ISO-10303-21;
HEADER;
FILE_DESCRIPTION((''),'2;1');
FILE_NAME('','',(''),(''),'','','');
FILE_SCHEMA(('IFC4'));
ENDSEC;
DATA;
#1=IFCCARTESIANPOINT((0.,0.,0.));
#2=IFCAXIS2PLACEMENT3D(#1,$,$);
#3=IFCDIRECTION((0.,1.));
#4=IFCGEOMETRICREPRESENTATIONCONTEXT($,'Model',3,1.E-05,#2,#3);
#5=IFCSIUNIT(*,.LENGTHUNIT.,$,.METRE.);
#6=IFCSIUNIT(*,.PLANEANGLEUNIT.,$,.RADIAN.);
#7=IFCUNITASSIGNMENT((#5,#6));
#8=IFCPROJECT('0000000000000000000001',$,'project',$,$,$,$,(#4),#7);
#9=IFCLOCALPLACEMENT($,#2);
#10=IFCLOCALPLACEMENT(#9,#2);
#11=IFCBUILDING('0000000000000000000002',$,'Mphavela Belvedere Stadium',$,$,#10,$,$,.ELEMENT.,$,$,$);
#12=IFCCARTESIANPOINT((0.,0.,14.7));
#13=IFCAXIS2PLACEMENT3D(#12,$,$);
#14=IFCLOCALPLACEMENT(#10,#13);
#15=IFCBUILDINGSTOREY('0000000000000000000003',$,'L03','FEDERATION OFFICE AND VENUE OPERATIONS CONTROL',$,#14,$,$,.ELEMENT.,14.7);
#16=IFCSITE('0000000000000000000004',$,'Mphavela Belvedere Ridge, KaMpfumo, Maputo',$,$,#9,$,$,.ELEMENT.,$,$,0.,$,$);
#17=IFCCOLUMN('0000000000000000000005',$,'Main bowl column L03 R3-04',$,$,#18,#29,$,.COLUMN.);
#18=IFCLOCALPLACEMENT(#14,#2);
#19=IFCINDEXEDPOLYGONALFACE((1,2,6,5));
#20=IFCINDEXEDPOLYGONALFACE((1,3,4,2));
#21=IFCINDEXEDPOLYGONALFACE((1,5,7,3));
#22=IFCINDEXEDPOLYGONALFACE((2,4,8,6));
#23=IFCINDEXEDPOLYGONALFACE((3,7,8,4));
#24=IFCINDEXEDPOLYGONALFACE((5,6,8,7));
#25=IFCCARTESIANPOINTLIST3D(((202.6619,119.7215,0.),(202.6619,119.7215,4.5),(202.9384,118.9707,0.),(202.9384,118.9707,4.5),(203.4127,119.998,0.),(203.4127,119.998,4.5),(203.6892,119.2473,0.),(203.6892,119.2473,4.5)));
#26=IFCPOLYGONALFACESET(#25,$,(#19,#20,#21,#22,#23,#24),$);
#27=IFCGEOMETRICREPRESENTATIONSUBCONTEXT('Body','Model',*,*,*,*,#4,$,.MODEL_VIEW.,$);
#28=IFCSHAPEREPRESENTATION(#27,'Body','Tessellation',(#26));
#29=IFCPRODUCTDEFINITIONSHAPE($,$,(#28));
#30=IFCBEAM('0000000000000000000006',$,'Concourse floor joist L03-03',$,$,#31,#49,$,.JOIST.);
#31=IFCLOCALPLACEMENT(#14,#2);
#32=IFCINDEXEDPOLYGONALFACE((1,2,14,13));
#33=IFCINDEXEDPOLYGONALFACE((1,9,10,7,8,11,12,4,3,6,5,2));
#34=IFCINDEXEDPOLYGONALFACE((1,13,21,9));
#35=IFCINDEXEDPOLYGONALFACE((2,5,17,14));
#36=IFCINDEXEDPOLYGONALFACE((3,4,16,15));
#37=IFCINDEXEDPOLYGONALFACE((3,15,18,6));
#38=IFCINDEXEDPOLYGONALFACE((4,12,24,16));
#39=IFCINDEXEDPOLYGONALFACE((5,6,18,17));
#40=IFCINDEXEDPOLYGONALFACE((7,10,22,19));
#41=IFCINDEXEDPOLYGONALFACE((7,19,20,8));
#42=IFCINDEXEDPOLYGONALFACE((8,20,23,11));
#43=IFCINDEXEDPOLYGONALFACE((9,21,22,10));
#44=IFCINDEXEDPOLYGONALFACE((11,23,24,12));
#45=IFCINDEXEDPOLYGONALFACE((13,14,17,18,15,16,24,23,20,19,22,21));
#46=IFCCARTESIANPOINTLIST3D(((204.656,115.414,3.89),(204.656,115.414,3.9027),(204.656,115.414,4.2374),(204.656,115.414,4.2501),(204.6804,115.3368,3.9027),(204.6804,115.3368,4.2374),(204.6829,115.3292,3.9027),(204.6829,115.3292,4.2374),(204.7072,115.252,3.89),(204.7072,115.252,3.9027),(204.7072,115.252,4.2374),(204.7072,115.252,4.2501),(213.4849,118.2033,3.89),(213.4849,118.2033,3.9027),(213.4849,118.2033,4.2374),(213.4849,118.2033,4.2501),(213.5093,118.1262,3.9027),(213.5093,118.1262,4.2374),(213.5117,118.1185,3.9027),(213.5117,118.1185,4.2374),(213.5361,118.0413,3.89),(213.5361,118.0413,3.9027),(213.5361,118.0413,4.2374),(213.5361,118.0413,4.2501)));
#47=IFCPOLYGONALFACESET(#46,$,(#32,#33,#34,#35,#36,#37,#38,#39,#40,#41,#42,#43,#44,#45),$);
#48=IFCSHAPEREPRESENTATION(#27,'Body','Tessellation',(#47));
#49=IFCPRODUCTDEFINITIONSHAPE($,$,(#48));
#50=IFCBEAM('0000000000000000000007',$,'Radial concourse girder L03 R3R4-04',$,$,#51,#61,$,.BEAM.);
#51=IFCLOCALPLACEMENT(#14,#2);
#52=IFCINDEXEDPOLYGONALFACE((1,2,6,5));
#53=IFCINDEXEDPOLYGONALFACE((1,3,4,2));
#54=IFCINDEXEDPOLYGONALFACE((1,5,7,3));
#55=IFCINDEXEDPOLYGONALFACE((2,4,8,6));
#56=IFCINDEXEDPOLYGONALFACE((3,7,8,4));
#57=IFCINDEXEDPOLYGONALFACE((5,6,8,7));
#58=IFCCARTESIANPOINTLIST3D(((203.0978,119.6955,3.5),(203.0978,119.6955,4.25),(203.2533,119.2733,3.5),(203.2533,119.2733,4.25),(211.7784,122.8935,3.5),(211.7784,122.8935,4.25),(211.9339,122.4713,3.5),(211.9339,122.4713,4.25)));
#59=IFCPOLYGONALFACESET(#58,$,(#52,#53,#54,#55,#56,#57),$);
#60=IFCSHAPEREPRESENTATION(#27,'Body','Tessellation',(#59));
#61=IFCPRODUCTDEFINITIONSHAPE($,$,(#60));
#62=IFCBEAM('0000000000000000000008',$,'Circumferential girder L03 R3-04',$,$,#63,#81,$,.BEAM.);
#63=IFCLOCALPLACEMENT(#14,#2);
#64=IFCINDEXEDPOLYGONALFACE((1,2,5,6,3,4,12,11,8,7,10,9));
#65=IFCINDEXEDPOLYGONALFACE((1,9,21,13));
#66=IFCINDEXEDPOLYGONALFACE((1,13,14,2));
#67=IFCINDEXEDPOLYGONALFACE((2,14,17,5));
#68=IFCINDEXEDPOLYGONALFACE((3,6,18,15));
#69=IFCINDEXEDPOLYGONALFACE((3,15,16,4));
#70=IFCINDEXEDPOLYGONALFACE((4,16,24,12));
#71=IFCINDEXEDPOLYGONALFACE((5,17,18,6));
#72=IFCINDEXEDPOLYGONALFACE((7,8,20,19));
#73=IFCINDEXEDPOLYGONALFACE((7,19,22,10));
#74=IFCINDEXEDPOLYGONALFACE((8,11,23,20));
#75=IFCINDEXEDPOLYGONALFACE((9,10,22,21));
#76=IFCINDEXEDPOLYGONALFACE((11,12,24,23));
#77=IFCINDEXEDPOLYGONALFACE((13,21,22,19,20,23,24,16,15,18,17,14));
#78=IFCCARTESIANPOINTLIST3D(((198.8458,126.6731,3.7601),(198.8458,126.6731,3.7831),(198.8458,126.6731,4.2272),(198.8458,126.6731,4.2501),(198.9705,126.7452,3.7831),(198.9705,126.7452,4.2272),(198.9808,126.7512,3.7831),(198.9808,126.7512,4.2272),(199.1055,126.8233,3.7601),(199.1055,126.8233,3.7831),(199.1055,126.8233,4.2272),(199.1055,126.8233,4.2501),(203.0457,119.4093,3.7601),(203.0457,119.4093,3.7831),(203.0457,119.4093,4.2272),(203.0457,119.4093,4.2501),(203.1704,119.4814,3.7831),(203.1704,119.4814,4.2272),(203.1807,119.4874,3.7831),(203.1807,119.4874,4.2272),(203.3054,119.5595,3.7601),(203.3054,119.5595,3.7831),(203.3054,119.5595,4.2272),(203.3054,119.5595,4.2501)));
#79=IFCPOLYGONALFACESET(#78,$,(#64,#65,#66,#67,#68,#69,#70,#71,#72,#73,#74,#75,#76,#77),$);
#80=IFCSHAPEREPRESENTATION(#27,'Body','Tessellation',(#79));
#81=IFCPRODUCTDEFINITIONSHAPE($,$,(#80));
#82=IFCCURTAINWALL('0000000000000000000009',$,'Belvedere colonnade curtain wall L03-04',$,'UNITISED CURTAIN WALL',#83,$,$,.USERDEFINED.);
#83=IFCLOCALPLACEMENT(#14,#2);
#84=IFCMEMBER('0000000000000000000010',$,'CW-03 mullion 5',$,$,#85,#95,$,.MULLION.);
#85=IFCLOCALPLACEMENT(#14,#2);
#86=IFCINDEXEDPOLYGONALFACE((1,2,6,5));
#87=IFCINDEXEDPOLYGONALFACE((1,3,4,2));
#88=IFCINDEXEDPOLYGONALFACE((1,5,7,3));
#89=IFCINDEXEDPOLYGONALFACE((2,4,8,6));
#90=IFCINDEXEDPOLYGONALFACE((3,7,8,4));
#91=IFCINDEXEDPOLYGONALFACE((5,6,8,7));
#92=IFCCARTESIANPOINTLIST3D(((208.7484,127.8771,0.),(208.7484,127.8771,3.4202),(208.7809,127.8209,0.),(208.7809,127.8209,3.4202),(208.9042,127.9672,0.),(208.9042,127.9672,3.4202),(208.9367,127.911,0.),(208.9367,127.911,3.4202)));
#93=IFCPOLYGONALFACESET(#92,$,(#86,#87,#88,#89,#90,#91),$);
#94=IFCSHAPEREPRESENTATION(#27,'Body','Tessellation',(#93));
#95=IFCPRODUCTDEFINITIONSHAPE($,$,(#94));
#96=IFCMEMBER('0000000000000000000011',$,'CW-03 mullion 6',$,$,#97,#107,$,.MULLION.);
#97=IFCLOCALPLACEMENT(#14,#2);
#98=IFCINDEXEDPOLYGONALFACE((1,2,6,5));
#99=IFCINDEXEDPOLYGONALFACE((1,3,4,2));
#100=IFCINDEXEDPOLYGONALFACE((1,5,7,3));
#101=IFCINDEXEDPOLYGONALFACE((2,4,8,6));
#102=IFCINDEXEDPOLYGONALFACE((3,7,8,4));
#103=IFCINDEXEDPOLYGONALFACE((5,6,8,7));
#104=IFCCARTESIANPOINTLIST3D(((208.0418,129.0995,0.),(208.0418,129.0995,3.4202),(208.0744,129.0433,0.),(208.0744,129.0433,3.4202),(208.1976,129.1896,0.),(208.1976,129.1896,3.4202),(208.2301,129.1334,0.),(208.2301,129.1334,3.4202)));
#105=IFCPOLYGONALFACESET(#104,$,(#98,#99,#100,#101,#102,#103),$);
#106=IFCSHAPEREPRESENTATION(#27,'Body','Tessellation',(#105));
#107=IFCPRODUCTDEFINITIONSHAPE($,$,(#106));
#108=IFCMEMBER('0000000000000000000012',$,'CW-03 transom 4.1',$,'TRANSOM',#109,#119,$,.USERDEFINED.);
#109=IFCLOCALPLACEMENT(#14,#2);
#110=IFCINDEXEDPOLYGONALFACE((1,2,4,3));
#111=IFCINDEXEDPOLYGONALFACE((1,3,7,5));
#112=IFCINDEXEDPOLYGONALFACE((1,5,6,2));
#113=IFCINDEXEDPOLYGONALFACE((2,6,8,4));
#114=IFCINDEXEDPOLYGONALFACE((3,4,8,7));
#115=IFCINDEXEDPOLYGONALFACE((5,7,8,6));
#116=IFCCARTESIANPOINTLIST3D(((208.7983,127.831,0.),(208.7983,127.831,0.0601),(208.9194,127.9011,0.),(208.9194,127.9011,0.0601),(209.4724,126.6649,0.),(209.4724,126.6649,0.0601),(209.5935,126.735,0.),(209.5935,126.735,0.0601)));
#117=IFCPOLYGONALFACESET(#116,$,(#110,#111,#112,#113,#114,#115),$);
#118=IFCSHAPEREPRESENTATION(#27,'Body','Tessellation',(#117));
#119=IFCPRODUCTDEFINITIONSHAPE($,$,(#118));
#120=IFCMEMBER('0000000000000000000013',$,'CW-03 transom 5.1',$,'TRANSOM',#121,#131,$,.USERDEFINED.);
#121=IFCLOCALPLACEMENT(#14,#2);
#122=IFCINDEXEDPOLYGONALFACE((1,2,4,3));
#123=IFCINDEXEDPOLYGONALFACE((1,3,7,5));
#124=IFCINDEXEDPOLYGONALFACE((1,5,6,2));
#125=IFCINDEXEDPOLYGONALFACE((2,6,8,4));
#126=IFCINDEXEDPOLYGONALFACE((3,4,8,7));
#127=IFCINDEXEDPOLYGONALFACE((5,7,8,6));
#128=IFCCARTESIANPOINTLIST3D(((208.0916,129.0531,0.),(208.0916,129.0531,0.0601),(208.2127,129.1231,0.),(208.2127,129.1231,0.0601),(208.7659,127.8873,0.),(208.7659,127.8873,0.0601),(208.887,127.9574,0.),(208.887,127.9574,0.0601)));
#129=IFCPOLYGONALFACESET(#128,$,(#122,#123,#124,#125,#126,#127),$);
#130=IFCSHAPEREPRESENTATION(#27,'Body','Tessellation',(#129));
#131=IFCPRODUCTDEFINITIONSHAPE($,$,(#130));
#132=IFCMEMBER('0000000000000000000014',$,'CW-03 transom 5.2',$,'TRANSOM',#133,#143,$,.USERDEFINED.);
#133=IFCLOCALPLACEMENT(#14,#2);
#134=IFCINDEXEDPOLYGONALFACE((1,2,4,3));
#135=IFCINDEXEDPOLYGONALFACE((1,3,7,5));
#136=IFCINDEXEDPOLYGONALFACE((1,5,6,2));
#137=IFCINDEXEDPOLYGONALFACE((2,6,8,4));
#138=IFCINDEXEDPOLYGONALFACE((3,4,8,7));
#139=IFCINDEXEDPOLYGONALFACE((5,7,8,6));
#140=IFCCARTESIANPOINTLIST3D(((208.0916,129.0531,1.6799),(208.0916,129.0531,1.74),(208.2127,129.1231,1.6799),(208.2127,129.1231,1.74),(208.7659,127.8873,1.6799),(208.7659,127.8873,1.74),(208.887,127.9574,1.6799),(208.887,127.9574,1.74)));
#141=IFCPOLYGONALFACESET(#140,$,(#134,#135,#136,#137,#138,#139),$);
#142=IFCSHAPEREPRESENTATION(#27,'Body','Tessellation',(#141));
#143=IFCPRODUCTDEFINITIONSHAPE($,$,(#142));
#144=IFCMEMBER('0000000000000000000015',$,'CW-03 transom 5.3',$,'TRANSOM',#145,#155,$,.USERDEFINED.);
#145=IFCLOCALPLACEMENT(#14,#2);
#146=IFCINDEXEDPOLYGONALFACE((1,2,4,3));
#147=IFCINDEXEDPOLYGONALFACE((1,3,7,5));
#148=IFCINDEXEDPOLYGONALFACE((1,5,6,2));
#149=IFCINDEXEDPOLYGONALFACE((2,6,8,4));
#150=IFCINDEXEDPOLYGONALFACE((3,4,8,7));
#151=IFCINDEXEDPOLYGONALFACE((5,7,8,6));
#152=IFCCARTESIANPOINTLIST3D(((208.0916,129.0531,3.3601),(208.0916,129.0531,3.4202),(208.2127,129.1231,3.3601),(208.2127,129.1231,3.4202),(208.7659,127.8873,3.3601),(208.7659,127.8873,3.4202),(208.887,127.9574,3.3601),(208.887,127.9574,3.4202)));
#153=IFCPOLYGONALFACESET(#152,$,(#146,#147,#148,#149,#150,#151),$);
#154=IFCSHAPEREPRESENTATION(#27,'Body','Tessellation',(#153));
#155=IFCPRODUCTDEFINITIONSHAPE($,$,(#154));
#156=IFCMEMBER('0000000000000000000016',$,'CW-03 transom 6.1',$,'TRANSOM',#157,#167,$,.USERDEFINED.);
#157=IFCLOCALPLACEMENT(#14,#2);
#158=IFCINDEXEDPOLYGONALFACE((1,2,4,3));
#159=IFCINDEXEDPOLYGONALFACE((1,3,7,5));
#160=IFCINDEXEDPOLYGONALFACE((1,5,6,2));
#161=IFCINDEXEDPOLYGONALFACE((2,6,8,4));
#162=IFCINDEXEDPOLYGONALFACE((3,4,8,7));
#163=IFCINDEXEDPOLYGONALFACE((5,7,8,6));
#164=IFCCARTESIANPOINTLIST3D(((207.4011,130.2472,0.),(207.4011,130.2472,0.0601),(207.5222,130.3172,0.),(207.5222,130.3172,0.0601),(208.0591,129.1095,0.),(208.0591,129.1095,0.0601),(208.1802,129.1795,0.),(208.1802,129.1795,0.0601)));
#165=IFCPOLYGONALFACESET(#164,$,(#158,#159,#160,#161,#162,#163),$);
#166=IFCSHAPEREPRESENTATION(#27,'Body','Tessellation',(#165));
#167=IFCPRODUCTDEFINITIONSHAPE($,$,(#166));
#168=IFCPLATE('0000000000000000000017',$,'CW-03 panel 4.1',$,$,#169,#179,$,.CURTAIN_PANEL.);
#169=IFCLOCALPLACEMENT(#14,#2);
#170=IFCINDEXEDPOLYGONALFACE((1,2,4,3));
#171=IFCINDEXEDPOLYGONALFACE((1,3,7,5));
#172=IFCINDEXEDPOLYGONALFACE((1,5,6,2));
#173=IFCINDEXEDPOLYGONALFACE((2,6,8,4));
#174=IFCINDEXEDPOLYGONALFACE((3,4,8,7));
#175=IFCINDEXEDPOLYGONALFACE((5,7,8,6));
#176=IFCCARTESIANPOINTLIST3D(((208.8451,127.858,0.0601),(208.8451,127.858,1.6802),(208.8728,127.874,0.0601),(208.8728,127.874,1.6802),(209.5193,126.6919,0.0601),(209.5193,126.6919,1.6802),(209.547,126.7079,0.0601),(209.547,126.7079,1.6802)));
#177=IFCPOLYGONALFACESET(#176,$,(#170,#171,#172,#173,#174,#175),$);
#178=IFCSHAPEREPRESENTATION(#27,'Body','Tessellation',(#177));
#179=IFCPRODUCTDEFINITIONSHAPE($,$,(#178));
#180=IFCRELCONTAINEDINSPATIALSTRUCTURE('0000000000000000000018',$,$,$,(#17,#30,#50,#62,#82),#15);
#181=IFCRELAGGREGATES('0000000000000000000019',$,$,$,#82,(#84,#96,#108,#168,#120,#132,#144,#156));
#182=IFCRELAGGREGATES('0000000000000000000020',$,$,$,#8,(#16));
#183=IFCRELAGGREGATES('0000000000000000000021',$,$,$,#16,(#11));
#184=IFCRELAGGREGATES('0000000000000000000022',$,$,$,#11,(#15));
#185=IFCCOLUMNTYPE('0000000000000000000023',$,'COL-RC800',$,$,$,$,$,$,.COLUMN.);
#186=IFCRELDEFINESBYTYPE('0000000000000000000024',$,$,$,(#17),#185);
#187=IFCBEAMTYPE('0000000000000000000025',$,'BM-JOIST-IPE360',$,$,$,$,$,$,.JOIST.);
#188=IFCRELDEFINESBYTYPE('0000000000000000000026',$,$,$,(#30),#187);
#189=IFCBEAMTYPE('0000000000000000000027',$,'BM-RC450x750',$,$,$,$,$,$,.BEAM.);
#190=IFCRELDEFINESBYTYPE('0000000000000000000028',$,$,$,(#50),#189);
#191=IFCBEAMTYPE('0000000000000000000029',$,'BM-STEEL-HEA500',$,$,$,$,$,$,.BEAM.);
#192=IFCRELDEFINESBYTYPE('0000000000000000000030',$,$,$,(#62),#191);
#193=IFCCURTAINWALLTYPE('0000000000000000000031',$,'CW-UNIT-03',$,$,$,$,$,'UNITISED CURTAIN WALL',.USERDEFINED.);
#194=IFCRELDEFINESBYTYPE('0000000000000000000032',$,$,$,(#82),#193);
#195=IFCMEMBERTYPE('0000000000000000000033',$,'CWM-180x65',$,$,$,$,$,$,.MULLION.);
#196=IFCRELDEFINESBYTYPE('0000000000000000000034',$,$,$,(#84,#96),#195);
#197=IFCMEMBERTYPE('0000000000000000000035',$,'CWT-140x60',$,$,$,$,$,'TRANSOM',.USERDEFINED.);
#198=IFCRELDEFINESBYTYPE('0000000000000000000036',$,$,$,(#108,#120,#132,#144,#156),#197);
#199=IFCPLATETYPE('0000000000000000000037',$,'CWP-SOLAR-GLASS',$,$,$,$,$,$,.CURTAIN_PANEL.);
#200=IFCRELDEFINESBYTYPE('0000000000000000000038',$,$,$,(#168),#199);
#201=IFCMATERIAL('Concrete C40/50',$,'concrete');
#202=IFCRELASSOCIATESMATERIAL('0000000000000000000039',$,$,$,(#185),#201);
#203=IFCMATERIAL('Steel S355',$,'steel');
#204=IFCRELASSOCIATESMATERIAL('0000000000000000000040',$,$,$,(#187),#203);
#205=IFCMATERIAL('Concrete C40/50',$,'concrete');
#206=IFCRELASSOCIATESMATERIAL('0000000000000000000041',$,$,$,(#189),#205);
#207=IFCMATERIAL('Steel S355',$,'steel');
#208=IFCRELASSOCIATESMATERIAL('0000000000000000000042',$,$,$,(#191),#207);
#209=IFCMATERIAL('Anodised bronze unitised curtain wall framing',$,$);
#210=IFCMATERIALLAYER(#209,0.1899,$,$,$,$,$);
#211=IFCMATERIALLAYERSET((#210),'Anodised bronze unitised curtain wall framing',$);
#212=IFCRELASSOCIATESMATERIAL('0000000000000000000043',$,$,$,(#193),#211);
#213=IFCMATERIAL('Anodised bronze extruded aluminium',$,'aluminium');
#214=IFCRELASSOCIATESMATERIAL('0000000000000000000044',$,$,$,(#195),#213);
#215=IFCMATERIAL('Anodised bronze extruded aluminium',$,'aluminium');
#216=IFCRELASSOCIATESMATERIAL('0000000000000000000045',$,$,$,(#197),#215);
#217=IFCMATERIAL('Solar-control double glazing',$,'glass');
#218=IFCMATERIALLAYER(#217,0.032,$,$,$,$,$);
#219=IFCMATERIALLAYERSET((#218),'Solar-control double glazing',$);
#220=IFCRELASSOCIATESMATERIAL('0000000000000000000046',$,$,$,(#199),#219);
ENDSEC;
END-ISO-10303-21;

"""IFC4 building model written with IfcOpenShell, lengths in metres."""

from ifc_helpers import new_model, si_unit, direction, frame, origin, origin_2d, place, context, subcontext, project, spatial, rectangle, i_section, extrude, material, layer, layer_set, material_profile, profile_set, type_object, element, aggregate, save


model = new_model("IFC4")

# Units and contexts
model_context = context("Model", 3, precision=1e-05, world=origin(), true_north=direction((0.0, 1.0)))
body_context = subcontext(model_context, "Body", "Model", "MODEL_VIEW")
ifc_project = project(units=[si_unit("LENGTHUNIT", "METRE"), si_unit("PLANEANGLEUNIT", "RADIAN")], contexts=[model_context])

# Site, building, storey
site_placement = place(None, origin())
site = spatial("IfcSite", under=ifc_project, at=site_placement, Name="Mphavela Belvedere Ridge, KaMpfumo, Maputo", CompositionType="ELEMENT", RefElevation=0.0)
building_placement = place(site_placement, origin())
building = spatial("IfcBuilding", under=site, at=building_placement, Name="Mphavela Belvedere Stadium", CompositionType="ELEMENT")
storey_placement = place(building_placement, frame((0.0, 0.0, 14.7)))
storey = spatial("IfcBuildingStorey", under=building, at=storey_placement, Name="L03", Description="FEDERATION OFFICE AND VENUE OPERATIONS CONTROL", CompositionType="ELEMENT", Elevation=14.7)

# Column
ifc_material_1 = material(Name="Concrete C40/50", Category="concrete")
ifc_material_profile_1 = material_profile(ifc_material_1, rectangle(XDim=0.8, YDim=0.8, at=origin_2d()), Name="RC 800x800")
ifc_profile_set_1 = profile_set([ifc_material_profile_1], Name="Concrete C40/50")
column_type = type_object("IfcColumnType", Name="COL-RC800", PredefinedType="COLUMN", material=ifc_profile_set_1)
column_placement = place(storey_placement, frame((203.1755, 119.4844, 0.0), z_axis=(0.0, 0.0, 1.0), x_axis=(0.938372, 0.345626, 0.0)))
element("IfcColumn", 1, at=column_placement, inside=storey, type_object=column_type, Name="Main bowl column L03 R3-04", PredefinedType="COLUMN", context=body_context, shape_type="SweptSolid", body=[
    extrude(rectangle(XDim=0.8, YDim=0.8, at=origin_2d()), origin(), (0.0, 0.0, 1.0), 4.5),
])

# Beams
ifc_material_2 = material(Name="Steel S355", Category="steel")
ifc_material_profile_2 = material_profile(ifc_material_2, i_section(OverallWidth=0.1699, OverallDepth=0.3601, WebThickness=0.0081, FlangeThickness=0.0127, at=origin_2d()), Name="IPE 360")
ifc_profile_set_2 = profile_set([ifc_material_profile_2], Name="Steel S355")
beam_type_1 = type_object("IfcBeamType", Name="BM-JOIST-IPE360", PredefinedType="JOIST", material=ifc_profile_set_2)
beam_1_placement = place(storey_placement, frame((204.6816, 115.333, 4.0701), z_axis=(0.953544, 0.301254, 0.0), x_axis=(-0.301254, 0.953544, 0.0)))
element("IfcBeam", 2, at=beam_1_placement, inside=storey, type_object=beam_type_1, Name="Concourse floor joist L03-03", PredefinedType="JOIST", context=body_context, shape_type="SweptSolid", body=[
    extrude(i_section(OverallWidth=0.1699, OverallDepth=0.3601, WebThickness=0.0081, FlangeThickness=0.0127, at=origin_2d()), origin(), (0.0, 0.0, 1.0), 9.259),
])
ifc_material_3 = material(Name="Concrete C40/50", Category="concrete")
ifc_material_profile_3 = material_profile(ifc_material_3, rectangle(XDim=0.45, YDim=0.75, at=origin_2d()), Name="RC 450x750")
ifc_profile_set_3 = profile_set([ifc_material_profile_3], Name="Concrete C40/50")
beam_type_2 = type_object("IfcBeamType", Name="BM-RC450x750", PredefinedType="BEAM", material=ifc_profile_set_3)
beam_2_placement = place(storey_placement, frame((203.1755, 119.4844, 3.875), z_axis=(0.938348, 0.345692, 0.0), x_axis=(-0.345692, 0.938348, 0.0)))
element("IfcBeam", 3, at=beam_2_placement, inside=storey, type_object=beam_type_2, Name="Radial concourse girder L03 R3R4-04", PredefinedType="BEAM", context=body_context, shape_type="SweptSolid", body=[
    extrude(rectangle(XDim=0.45, YDim=0.75, at=origin_2d()), origin(), (0.0, 0.0, 1.0), 9.251),
])
ifc_material_4 = material(Name="Steel S355", Category="steel")
ifc_material_profile_4 = material_profile(ifc_material_4, i_section(OverallWidth=0.3, OverallDepth=0.49, WebThickness=0.012, FlangeThickness=0.0229, at=origin_2d()), Name="HEA 500")
ifc_profile_set_4 = profile_set([ifc_material_profile_4], Name="Steel S355")
beam_type_3 = type_object("IfcBeamType", Name="BM-STEEL-HEA500", PredefinedType="BEAM", material=ifc_profile_set_4)
beam_3_placement = place(storey_placement, frame((203.1755, 119.4844, 4.0051), z_axis=(-0.500548, 0.865709, 0.0), x_axis=(-0.865709, -0.500548, 0.0)))
element("IfcBeam", 4, at=beam_3_placement, inside=storey, type_object=beam_type_3, Name="Circumferential girder L03 R3-04", PredefinedType="BEAM", context=body_context, shape_type="SweptSolid", body=[
    extrude(i_section(OverallWidth=0.3, OverallDepth=0.49, WebThickness=0.012, FlangeThickness=0.0229, at=origin_2d()), origin(), (0.0, 0.0, 1.0), 8.3906),
])

# Curtain wall, members, plate
ifc_material_5 = material(Name="Anodised bronze unitised curtain wall framing")
ifc_layer_1 = layer(ifc_material_5, 0.1899)
ifc_layer_set_1 = layer_set([ifc_layer_1], Name="Anodised bronze unitised curtain wall framing")
curtain_wall_type = type_object("IfcCurtainWallType", Name="CW-UNIT-03", ElementType="UNITISED CURTAIN WALL", PredefinedType="USERDEFINED", material=ifc_layer_set_1)
curtain_wall_placement = place(storey_placement, origin())
curtain_wall = element("IfcCurtainWall", 5, at=curtain_wall_placement, inside=storey, type_object=curtain_wall_type, Name="Belvedere colonnade curtain wall L03-04", ObjectType="UNITISED CURTAIN WALL", PredefinedType="USERDEFINED")
ifc_material_6 = material(Name="Anodised bronze extruded aluminium", Category="aluminium")
ifc_material_profile_5 = material_profile(ifc_material_6, rectangle(XDim=0.1799, YDim=0.0649, at=origin_2d()), Name="CW-MUL 180x65")
ifc_profile_set_5 = profile_set([ifc_material_profile_5], Name="Anodised bronze extruded aluminium")
member_type_1 = type_object("IfcMemberType", Name="CWM-180x65", PredefinedType="MULLION", material=ifc_profile_set_5)
member_1_placement = place(storey_placement, frame((208.8425, 127.894, 0.0), z_axis=(0.0, 0.0, 1.0), x_axis=(-0.865705, -0.500554, 0.0)))
member_1 = element("IfcMember", 6, at=member_1_placement, type_object=member_type_1, Name="CW-03 mullion 5", PredefinedType="MULLION", context=body_context, shape_type="SweptSolid", body=[
    extrude(rectangle(XDim=0.1799, YDim=0.0649, at=origin_2d()), origin(), (0.0, 0.0, 1.0), 3.4202),
])
member_2_placement = place(storey_placement, frame((208.136, 129.1165, 0.0), z_axis=(0.0, 0.0, 1.0), x_axis=(-0.865705, -0.500554, 0.0)))
member_2 = element("IfcMember", 7, at=member_2_placement, type_object=member_type_1, Name="CW-03 mullion 6", PredefinedType="MULLION", context=body_context, shape_type="SweptSolid", body=[
    extrude(rectangle(XDim=0.1799, YDim=0.0649, at=origin_2d()), origin(), (0.0, 0.0, 1.0), 3.4202),
])
ifc_material_7 = material(Name="Anodised bronze extruded aluminium", Category="aluminium")
ifc_material_profile_6 = material_profile(ifc_material_7, rectangle(XDim=0.1399, YDim=0.0601, at=origin_2d()), Name="CW-TRN 140x60")
ifc_profile_set_6 = profile_set([ifc_material_profile_6], Name="Anodised bronze extruded aluminium")
member_type_2 = type_object("IfcMemberType", Name="CWT-140x60", ElementType="TRANSOM", PredefinedType="USERDEFINED", material=ifc_profile_set_6)
member_3_placement = place(storey_placement, frame((209.533, 126.7, 0.03), z_axis=(-0.500486, 0.865745, 0.0), x_axis=(-0.865745, -0.500486, 0.0)))
member_3 = element("IfcMember", 8, at=member_3_placement, type_object=member_type_2, Name="CW-03 transom 4.1", ObjectType="TRANSOM", PredefinedType="USERDEFINED", context=body_context, shape_type="SweptSolid", body=[
    extrude(rectangle(XDim=0.1399, YDim=0.0601, at=origin_2d()), origin(), (0.0, 0.0, 1.0), 1.3469),
])
member_4_placement = place(storey_placement, frame((208.8264, 127.9224, 0.03), z_axis=(-0.5007, 0.865621, 0.0), x_axis=(-0.865621, -0.5007, 0.0)))
member_4 = element("IfcMember", 9, at=member_4_placement, type_object=member_type_2, Name="CW-03 transom 5.1", ObjectType="TRANSOM", PredefinedType="USERDEFINED", context=body_context, shape_type="SweptSolid", body=[
    extrude(rectangle(XDim=0.1399, YDim=0.0601, at=origin_2d()), origin(), (0.0, 0.0, 1.0), 1.3467),
])
member_5_placement = place(storey_placement, frame((208.8264, 127.9224, 1.71), z_axis=(-0.5007, 0.865621, 0.0), x_axis=(-0.865621, -0.5007, 0.0)))
member_5 = element("IfcMember", 10, at=member_5_placement, type_object=member_type_2, Name="CW-03 transom 5.2", ObjectType="TRANSOM", PredefinedType="USERDEFINED", context=body_context, shape_type="SweptSolid", body=[
    extrude(rectangle(XDim=0.1399, YDim=0.0601, at=origin_2d()), origin(), (0.0, 0.0, 1.0), 1.3467),
])
member_6_placement = place(storey_placement, frame((208.8264, 127.9224, 3.3901), z_axis=(-0.5007, 0.865621, 0.0), x_axis=(-0.865621, -0.5007, 0.0)))
member_6 = element("IfcMember", 11, at=member_6_placement, type_object=member_type_2, Name="CW-03 transom 5.3", ObjectType="TRANSOM", PredefinedType="USERDEFINED", context=body_context, shape_type="SweptSolid", body=[
    extrude(rectangle(XDim=0.1399, YDim=0.0601, at=origin_2d()), origin(), (0.0, 0.0, 1.0), 1.3467),
])
member_7_placement = place(storey_placement, frame((208.1196, 129.1445, 0.03), z_axis=(-0.500633, 0.865659, 0.0), x_axis=(-0.865659, -0.500633, 0.0)))
member_7 = element("IfcMember", 12, at=member_7_placement, type_object=member_type_2, Name="CW-03 transom 6.1", ObjectType="TRANSOM", PredefinedType="USERDEFINED", context=body_context, shape_type="SweptSolid", body=[
    extrude(rectangle(XDim=0.1399, YDim=0.0601, at=origin_2d()), origin(), (0.0, 0.0, 1.0), 1.3142),
])
ifc_material_8 = material(Name="Solar-control double glazing", Category="glass")
ifc_layer_2 = layer(ifc_material_8, 0.032)
ifc_layer_set_2 = layer_set([ifc_layer_2], Name="Solar-control double glazing")
plate_type = type_object("IfcPlateType", Name="CWP-SOLAR-GLASS", PredefinedType="CURTAIN_PANEL", material=ifc_layer_set_2)
plate_1_placement = place(storey_placement, frame((209.196, 127.283, 0.0601), z_axis=(0.0, 0.0, 1.0), x_axis=(-0.500554, 0.865705, 0.0)))
plate_1 = element("IfcPlate", 13, at=plate_1_placement, type_object=plate_type, Name="CW-03 panel 4.1", PredefinedType="CURTAIN_PANEL", context=body_context, shape_type="SweptSolid", body=[
    extrude(rectangle(XDim=1.3469, YDim=0.032, at=origin_2d()), origin(), (0.0, 0.0, 1.0), 1.6201),
])
aggregate(curtain_wall, [member_1, member_2, member_3, plate_1, member_4, member_5, member_6, member_7])

save(model, "model.ifc")
